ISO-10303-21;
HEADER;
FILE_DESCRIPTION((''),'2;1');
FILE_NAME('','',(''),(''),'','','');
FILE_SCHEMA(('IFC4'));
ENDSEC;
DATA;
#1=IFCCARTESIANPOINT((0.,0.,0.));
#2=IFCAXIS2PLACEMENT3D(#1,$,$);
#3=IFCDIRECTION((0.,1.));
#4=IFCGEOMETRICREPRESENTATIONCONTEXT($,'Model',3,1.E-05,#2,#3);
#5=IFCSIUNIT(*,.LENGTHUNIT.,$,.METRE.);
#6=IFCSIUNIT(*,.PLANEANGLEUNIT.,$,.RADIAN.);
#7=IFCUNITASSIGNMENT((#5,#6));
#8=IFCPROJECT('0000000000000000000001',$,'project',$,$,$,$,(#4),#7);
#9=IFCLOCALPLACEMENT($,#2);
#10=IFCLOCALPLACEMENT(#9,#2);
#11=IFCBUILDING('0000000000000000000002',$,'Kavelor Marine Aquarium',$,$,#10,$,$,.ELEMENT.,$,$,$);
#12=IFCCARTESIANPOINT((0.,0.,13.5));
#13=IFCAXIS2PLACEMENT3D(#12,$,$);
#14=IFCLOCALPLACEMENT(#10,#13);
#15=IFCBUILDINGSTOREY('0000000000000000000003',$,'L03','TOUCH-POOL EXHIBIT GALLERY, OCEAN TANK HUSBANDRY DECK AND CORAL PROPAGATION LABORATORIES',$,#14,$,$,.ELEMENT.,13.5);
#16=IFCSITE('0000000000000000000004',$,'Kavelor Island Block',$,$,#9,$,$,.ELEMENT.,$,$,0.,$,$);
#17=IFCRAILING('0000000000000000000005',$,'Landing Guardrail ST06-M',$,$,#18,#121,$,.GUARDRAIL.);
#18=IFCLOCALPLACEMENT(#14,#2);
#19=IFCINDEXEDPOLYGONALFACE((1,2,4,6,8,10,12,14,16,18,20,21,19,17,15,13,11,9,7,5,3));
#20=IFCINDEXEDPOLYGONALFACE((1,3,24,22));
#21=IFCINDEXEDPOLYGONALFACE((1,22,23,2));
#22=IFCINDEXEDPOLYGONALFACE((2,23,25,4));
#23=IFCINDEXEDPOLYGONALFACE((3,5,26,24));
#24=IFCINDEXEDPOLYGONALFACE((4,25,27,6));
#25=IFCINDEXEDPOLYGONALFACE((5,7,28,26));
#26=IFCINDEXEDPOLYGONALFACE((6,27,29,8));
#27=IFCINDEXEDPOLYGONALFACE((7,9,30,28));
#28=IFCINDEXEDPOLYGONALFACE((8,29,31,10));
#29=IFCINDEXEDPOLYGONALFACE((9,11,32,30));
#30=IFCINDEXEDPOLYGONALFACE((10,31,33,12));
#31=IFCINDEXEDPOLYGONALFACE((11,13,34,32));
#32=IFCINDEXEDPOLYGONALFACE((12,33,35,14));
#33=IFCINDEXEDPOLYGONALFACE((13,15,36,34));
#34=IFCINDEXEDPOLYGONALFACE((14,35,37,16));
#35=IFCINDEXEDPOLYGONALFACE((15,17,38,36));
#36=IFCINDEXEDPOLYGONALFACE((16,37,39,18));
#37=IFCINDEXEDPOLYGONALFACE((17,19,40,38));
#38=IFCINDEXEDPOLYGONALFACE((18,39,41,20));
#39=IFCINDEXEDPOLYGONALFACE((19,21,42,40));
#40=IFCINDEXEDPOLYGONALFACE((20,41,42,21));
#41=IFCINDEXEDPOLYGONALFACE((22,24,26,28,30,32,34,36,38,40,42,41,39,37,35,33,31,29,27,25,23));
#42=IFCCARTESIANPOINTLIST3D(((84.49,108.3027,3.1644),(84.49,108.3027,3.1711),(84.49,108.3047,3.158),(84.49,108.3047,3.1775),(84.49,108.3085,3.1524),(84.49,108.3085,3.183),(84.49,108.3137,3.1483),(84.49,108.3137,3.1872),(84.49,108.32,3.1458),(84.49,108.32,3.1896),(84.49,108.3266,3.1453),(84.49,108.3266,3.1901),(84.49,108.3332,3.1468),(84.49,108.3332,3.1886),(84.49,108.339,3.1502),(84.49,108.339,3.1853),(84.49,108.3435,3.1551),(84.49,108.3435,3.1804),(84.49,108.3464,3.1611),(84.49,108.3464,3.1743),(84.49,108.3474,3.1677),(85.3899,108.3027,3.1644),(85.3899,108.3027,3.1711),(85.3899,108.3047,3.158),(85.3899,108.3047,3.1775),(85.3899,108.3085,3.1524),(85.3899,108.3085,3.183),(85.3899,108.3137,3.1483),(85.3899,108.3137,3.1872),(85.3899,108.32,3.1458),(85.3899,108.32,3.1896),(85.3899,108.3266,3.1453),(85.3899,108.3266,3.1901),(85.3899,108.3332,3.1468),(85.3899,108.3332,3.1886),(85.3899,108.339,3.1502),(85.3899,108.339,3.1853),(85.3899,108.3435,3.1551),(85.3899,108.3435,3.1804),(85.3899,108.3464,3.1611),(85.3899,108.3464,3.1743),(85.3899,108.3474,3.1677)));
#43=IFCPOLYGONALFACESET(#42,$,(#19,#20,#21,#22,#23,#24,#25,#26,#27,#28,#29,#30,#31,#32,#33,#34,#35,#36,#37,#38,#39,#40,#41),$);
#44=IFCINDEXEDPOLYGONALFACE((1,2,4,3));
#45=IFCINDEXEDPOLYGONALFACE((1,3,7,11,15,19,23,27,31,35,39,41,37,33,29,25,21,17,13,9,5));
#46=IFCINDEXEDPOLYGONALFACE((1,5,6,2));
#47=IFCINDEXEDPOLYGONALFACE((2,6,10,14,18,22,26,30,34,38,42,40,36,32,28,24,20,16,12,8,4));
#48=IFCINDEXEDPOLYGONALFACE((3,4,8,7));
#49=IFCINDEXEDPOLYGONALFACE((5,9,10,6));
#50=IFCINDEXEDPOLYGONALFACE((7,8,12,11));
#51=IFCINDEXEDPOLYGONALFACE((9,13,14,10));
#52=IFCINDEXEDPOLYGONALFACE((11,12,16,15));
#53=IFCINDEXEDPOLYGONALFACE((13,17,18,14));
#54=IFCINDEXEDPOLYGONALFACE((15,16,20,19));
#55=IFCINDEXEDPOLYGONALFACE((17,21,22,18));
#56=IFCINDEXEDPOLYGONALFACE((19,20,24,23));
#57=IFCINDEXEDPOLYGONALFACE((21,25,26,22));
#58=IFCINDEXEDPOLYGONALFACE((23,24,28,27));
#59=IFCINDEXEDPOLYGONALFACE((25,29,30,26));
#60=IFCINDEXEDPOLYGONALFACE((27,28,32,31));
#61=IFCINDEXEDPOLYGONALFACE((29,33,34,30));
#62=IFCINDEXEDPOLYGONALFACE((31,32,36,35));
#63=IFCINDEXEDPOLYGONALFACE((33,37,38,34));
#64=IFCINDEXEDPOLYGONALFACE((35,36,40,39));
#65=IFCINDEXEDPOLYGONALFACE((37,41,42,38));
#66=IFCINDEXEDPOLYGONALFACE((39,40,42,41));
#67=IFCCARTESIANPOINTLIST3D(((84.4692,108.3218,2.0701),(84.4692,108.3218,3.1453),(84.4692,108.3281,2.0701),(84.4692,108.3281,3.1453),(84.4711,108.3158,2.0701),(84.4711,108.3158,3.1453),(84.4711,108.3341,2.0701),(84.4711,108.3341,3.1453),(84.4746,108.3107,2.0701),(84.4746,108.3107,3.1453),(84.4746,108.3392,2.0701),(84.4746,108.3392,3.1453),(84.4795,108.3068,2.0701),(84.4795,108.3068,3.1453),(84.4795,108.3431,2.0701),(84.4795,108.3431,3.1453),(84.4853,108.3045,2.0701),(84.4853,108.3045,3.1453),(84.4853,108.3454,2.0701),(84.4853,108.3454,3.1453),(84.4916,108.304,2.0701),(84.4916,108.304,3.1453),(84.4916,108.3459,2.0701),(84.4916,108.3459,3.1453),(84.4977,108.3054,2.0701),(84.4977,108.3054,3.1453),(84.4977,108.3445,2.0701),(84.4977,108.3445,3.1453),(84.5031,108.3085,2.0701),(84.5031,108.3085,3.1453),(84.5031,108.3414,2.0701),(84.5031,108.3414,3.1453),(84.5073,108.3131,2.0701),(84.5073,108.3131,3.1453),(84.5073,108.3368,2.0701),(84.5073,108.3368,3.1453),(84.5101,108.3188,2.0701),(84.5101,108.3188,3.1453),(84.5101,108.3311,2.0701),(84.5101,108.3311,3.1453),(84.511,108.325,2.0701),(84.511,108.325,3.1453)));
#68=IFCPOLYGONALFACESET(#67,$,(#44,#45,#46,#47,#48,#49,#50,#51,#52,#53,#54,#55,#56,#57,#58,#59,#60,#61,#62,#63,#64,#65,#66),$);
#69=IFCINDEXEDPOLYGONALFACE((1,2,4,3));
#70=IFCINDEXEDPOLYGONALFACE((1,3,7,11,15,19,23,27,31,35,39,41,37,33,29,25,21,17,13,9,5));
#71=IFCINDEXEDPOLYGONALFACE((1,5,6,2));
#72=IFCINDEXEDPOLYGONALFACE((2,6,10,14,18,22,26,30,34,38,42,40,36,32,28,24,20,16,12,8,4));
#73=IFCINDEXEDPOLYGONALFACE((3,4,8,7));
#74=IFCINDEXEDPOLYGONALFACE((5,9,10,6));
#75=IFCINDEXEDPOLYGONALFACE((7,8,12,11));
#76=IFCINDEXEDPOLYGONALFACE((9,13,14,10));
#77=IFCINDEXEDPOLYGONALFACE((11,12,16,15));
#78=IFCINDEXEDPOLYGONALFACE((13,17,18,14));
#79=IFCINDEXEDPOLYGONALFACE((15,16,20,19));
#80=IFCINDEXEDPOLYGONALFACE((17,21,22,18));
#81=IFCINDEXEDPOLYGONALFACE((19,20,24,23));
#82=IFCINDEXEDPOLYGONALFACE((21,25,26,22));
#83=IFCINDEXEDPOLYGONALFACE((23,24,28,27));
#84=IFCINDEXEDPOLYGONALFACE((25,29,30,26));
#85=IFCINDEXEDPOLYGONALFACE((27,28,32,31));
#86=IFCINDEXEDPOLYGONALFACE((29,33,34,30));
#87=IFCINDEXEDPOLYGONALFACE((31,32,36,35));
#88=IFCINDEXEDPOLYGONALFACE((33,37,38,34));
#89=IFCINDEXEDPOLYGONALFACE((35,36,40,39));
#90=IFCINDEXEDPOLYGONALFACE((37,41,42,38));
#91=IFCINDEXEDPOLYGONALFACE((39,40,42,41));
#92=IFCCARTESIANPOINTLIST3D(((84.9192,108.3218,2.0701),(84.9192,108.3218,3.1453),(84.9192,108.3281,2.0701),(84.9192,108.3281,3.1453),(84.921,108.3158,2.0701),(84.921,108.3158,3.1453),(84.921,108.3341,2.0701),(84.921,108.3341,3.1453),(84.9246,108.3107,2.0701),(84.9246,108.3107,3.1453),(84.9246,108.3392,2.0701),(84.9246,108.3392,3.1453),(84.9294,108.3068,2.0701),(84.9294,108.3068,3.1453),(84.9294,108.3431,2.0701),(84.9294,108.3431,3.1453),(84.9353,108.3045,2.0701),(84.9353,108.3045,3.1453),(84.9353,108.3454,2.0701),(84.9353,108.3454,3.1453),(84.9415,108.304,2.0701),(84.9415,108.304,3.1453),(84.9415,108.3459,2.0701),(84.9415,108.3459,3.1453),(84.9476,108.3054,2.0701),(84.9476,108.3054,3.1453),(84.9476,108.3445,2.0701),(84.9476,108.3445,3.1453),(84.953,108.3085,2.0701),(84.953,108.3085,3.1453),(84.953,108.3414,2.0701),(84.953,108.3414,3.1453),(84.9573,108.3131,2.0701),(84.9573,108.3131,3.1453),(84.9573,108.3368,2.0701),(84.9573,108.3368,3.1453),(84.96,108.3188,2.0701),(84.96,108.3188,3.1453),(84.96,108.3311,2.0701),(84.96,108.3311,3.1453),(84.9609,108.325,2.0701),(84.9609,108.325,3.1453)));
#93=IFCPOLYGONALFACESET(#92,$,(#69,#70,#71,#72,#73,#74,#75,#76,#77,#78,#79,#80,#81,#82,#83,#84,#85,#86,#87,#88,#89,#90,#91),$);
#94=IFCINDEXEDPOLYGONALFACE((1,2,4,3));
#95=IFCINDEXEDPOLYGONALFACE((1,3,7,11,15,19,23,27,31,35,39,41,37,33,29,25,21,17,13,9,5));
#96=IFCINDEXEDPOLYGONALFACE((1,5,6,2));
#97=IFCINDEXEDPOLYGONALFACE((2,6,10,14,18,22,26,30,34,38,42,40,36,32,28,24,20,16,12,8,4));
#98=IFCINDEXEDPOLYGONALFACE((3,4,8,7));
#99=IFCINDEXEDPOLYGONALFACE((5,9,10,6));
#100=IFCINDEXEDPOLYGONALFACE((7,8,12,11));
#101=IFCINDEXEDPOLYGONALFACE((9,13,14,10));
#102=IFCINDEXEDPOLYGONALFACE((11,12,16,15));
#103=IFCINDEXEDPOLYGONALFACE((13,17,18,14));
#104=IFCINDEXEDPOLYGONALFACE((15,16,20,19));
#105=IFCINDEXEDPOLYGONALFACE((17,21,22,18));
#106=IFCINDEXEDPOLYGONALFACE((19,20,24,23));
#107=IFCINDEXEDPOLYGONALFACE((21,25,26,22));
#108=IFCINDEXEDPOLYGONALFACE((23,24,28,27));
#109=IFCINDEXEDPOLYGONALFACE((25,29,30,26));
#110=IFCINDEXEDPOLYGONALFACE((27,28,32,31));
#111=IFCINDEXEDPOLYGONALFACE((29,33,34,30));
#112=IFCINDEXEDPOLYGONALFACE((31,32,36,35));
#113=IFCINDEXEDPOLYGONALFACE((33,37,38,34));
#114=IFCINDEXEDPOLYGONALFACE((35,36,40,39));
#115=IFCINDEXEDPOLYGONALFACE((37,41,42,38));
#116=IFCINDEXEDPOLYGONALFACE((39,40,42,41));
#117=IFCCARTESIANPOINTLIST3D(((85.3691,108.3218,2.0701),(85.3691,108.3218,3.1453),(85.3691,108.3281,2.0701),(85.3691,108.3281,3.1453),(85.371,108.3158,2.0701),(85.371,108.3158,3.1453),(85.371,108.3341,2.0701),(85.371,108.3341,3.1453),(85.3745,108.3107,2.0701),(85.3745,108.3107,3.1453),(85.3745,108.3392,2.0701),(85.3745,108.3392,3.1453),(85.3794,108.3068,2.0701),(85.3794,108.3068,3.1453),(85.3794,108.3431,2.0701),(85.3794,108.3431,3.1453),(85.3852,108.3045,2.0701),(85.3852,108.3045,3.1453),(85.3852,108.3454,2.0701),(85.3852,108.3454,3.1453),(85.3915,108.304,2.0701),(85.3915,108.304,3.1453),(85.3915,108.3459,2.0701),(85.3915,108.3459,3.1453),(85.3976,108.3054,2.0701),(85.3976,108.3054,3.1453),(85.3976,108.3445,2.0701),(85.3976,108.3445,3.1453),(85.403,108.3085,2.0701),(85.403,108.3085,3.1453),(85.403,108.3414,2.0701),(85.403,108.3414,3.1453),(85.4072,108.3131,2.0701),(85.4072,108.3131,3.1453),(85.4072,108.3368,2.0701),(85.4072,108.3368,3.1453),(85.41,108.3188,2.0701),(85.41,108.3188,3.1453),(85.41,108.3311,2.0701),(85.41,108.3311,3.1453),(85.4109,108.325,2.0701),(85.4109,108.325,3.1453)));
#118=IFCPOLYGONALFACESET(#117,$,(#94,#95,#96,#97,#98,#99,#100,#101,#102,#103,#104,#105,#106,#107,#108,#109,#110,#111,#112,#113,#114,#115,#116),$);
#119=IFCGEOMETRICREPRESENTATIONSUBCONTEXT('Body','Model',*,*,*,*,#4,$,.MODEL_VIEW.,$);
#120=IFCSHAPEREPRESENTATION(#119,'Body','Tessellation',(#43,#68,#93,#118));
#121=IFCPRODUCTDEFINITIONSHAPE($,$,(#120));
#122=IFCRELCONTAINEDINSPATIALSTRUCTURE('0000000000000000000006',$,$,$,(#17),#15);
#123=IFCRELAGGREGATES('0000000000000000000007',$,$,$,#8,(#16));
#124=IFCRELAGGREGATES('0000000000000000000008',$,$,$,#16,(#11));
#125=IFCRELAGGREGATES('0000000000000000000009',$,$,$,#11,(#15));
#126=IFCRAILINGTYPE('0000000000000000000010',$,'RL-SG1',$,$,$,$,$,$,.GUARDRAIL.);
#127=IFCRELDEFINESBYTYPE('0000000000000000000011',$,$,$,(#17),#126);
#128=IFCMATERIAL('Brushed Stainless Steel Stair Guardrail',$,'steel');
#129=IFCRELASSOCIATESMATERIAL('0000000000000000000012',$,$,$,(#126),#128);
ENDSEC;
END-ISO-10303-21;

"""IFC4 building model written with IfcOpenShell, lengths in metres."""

from ifc_helpers import new_model, si_unit, direction, frame, origin, origin_2d, place, context, subcontext, project, spatial, circle, extrude, material, type_object, element, save


model = new_model("IFC4")

# Units and contexts
model_context = context("Model", 3, precision=1e-05, world=origin(), true_north=direction((0.0, 1.0)))
body_context = subcontext(model_context, "Body", "Model", "MODEL_VIEW")
ifc_project = project(units=[si_unit("LENGTHUNIT", "METRE"), si_unit("PLANEANGLEUNIT", "RADIAN")], contexts=[model_context])

# Site, building, storey
site_placement = place(None, origin())
site = spatial("IfcSite", under=ifc_project, at=site_placement, Name="Kavelor Island Block", CompositionType="ELEMENT", RefElevation=0.0)
building_placement = place(site_placement, origin())
building = spatial("IfcBuilding", under=site, at=building_placement, Name="Kavelor Marine Aquarium", CompositionType="ELEMENT")
storey_placement = place(building_placement, frame((0.0, 0.0, 13.5)))
storey = spatial("IfcBuildingStorey", under=building, at=storey_placement, Name="L03", Description="TOUCH-POOL EXHIBIT GALLERY, OCEAN TANK HUSBANDRY DECK AND CORAL PROPAGATION LABORATORIES", CompositionType="ELEMENT", Elevation=13.5)

# Railing
ifc_material_1 = material(Name="Brushed Stainless Steel Stair Guardrail", Category="steel")
railing_type_1 = type_object("IfcRailingType", Name="RL-SG1", PredefinedType="GUARDRAIL", material=ifc_material_1)
railing_1_placement = place(storey_placement, frame((84.49, 108.325, 2.0701)))
element("IfcRailing", 1, at=railing_1_placement, inside=storey, type_object=railing_type_1, Name="Landing Guardrail ST06-M", PredefinedType="GUARDRAIL", context=body_context, shape_type="SweptSolid", body=[
    extrude(circle(Radius=0.0225, at=origin_2d()), frame((0.0, 0.0, 1.0977), z_axis=(1.0, 0.0, 0.0), x_axis=(0.0, 1.0, 0.0)), (0.0, 0.0, 1.0), 0.8999),
    extrude(circle(Radius=0.021, at=origin_2d()), origin(), (0.0, 0.0, 1.0), 1.0752),
    extrude(circle(Radius=0.021, at=origin_2d()), frame((0.45, 0.0, 0.0)), (0.0, 0.0, 1.0), 1.0752),
    extrude(circle(Radius=0.021, at=origin_2d()), frame((0.8999, 0.0, 0.0)), (0.0, 0.0, 1.0), 1.0752),
])

save(model, "model.ifc")
